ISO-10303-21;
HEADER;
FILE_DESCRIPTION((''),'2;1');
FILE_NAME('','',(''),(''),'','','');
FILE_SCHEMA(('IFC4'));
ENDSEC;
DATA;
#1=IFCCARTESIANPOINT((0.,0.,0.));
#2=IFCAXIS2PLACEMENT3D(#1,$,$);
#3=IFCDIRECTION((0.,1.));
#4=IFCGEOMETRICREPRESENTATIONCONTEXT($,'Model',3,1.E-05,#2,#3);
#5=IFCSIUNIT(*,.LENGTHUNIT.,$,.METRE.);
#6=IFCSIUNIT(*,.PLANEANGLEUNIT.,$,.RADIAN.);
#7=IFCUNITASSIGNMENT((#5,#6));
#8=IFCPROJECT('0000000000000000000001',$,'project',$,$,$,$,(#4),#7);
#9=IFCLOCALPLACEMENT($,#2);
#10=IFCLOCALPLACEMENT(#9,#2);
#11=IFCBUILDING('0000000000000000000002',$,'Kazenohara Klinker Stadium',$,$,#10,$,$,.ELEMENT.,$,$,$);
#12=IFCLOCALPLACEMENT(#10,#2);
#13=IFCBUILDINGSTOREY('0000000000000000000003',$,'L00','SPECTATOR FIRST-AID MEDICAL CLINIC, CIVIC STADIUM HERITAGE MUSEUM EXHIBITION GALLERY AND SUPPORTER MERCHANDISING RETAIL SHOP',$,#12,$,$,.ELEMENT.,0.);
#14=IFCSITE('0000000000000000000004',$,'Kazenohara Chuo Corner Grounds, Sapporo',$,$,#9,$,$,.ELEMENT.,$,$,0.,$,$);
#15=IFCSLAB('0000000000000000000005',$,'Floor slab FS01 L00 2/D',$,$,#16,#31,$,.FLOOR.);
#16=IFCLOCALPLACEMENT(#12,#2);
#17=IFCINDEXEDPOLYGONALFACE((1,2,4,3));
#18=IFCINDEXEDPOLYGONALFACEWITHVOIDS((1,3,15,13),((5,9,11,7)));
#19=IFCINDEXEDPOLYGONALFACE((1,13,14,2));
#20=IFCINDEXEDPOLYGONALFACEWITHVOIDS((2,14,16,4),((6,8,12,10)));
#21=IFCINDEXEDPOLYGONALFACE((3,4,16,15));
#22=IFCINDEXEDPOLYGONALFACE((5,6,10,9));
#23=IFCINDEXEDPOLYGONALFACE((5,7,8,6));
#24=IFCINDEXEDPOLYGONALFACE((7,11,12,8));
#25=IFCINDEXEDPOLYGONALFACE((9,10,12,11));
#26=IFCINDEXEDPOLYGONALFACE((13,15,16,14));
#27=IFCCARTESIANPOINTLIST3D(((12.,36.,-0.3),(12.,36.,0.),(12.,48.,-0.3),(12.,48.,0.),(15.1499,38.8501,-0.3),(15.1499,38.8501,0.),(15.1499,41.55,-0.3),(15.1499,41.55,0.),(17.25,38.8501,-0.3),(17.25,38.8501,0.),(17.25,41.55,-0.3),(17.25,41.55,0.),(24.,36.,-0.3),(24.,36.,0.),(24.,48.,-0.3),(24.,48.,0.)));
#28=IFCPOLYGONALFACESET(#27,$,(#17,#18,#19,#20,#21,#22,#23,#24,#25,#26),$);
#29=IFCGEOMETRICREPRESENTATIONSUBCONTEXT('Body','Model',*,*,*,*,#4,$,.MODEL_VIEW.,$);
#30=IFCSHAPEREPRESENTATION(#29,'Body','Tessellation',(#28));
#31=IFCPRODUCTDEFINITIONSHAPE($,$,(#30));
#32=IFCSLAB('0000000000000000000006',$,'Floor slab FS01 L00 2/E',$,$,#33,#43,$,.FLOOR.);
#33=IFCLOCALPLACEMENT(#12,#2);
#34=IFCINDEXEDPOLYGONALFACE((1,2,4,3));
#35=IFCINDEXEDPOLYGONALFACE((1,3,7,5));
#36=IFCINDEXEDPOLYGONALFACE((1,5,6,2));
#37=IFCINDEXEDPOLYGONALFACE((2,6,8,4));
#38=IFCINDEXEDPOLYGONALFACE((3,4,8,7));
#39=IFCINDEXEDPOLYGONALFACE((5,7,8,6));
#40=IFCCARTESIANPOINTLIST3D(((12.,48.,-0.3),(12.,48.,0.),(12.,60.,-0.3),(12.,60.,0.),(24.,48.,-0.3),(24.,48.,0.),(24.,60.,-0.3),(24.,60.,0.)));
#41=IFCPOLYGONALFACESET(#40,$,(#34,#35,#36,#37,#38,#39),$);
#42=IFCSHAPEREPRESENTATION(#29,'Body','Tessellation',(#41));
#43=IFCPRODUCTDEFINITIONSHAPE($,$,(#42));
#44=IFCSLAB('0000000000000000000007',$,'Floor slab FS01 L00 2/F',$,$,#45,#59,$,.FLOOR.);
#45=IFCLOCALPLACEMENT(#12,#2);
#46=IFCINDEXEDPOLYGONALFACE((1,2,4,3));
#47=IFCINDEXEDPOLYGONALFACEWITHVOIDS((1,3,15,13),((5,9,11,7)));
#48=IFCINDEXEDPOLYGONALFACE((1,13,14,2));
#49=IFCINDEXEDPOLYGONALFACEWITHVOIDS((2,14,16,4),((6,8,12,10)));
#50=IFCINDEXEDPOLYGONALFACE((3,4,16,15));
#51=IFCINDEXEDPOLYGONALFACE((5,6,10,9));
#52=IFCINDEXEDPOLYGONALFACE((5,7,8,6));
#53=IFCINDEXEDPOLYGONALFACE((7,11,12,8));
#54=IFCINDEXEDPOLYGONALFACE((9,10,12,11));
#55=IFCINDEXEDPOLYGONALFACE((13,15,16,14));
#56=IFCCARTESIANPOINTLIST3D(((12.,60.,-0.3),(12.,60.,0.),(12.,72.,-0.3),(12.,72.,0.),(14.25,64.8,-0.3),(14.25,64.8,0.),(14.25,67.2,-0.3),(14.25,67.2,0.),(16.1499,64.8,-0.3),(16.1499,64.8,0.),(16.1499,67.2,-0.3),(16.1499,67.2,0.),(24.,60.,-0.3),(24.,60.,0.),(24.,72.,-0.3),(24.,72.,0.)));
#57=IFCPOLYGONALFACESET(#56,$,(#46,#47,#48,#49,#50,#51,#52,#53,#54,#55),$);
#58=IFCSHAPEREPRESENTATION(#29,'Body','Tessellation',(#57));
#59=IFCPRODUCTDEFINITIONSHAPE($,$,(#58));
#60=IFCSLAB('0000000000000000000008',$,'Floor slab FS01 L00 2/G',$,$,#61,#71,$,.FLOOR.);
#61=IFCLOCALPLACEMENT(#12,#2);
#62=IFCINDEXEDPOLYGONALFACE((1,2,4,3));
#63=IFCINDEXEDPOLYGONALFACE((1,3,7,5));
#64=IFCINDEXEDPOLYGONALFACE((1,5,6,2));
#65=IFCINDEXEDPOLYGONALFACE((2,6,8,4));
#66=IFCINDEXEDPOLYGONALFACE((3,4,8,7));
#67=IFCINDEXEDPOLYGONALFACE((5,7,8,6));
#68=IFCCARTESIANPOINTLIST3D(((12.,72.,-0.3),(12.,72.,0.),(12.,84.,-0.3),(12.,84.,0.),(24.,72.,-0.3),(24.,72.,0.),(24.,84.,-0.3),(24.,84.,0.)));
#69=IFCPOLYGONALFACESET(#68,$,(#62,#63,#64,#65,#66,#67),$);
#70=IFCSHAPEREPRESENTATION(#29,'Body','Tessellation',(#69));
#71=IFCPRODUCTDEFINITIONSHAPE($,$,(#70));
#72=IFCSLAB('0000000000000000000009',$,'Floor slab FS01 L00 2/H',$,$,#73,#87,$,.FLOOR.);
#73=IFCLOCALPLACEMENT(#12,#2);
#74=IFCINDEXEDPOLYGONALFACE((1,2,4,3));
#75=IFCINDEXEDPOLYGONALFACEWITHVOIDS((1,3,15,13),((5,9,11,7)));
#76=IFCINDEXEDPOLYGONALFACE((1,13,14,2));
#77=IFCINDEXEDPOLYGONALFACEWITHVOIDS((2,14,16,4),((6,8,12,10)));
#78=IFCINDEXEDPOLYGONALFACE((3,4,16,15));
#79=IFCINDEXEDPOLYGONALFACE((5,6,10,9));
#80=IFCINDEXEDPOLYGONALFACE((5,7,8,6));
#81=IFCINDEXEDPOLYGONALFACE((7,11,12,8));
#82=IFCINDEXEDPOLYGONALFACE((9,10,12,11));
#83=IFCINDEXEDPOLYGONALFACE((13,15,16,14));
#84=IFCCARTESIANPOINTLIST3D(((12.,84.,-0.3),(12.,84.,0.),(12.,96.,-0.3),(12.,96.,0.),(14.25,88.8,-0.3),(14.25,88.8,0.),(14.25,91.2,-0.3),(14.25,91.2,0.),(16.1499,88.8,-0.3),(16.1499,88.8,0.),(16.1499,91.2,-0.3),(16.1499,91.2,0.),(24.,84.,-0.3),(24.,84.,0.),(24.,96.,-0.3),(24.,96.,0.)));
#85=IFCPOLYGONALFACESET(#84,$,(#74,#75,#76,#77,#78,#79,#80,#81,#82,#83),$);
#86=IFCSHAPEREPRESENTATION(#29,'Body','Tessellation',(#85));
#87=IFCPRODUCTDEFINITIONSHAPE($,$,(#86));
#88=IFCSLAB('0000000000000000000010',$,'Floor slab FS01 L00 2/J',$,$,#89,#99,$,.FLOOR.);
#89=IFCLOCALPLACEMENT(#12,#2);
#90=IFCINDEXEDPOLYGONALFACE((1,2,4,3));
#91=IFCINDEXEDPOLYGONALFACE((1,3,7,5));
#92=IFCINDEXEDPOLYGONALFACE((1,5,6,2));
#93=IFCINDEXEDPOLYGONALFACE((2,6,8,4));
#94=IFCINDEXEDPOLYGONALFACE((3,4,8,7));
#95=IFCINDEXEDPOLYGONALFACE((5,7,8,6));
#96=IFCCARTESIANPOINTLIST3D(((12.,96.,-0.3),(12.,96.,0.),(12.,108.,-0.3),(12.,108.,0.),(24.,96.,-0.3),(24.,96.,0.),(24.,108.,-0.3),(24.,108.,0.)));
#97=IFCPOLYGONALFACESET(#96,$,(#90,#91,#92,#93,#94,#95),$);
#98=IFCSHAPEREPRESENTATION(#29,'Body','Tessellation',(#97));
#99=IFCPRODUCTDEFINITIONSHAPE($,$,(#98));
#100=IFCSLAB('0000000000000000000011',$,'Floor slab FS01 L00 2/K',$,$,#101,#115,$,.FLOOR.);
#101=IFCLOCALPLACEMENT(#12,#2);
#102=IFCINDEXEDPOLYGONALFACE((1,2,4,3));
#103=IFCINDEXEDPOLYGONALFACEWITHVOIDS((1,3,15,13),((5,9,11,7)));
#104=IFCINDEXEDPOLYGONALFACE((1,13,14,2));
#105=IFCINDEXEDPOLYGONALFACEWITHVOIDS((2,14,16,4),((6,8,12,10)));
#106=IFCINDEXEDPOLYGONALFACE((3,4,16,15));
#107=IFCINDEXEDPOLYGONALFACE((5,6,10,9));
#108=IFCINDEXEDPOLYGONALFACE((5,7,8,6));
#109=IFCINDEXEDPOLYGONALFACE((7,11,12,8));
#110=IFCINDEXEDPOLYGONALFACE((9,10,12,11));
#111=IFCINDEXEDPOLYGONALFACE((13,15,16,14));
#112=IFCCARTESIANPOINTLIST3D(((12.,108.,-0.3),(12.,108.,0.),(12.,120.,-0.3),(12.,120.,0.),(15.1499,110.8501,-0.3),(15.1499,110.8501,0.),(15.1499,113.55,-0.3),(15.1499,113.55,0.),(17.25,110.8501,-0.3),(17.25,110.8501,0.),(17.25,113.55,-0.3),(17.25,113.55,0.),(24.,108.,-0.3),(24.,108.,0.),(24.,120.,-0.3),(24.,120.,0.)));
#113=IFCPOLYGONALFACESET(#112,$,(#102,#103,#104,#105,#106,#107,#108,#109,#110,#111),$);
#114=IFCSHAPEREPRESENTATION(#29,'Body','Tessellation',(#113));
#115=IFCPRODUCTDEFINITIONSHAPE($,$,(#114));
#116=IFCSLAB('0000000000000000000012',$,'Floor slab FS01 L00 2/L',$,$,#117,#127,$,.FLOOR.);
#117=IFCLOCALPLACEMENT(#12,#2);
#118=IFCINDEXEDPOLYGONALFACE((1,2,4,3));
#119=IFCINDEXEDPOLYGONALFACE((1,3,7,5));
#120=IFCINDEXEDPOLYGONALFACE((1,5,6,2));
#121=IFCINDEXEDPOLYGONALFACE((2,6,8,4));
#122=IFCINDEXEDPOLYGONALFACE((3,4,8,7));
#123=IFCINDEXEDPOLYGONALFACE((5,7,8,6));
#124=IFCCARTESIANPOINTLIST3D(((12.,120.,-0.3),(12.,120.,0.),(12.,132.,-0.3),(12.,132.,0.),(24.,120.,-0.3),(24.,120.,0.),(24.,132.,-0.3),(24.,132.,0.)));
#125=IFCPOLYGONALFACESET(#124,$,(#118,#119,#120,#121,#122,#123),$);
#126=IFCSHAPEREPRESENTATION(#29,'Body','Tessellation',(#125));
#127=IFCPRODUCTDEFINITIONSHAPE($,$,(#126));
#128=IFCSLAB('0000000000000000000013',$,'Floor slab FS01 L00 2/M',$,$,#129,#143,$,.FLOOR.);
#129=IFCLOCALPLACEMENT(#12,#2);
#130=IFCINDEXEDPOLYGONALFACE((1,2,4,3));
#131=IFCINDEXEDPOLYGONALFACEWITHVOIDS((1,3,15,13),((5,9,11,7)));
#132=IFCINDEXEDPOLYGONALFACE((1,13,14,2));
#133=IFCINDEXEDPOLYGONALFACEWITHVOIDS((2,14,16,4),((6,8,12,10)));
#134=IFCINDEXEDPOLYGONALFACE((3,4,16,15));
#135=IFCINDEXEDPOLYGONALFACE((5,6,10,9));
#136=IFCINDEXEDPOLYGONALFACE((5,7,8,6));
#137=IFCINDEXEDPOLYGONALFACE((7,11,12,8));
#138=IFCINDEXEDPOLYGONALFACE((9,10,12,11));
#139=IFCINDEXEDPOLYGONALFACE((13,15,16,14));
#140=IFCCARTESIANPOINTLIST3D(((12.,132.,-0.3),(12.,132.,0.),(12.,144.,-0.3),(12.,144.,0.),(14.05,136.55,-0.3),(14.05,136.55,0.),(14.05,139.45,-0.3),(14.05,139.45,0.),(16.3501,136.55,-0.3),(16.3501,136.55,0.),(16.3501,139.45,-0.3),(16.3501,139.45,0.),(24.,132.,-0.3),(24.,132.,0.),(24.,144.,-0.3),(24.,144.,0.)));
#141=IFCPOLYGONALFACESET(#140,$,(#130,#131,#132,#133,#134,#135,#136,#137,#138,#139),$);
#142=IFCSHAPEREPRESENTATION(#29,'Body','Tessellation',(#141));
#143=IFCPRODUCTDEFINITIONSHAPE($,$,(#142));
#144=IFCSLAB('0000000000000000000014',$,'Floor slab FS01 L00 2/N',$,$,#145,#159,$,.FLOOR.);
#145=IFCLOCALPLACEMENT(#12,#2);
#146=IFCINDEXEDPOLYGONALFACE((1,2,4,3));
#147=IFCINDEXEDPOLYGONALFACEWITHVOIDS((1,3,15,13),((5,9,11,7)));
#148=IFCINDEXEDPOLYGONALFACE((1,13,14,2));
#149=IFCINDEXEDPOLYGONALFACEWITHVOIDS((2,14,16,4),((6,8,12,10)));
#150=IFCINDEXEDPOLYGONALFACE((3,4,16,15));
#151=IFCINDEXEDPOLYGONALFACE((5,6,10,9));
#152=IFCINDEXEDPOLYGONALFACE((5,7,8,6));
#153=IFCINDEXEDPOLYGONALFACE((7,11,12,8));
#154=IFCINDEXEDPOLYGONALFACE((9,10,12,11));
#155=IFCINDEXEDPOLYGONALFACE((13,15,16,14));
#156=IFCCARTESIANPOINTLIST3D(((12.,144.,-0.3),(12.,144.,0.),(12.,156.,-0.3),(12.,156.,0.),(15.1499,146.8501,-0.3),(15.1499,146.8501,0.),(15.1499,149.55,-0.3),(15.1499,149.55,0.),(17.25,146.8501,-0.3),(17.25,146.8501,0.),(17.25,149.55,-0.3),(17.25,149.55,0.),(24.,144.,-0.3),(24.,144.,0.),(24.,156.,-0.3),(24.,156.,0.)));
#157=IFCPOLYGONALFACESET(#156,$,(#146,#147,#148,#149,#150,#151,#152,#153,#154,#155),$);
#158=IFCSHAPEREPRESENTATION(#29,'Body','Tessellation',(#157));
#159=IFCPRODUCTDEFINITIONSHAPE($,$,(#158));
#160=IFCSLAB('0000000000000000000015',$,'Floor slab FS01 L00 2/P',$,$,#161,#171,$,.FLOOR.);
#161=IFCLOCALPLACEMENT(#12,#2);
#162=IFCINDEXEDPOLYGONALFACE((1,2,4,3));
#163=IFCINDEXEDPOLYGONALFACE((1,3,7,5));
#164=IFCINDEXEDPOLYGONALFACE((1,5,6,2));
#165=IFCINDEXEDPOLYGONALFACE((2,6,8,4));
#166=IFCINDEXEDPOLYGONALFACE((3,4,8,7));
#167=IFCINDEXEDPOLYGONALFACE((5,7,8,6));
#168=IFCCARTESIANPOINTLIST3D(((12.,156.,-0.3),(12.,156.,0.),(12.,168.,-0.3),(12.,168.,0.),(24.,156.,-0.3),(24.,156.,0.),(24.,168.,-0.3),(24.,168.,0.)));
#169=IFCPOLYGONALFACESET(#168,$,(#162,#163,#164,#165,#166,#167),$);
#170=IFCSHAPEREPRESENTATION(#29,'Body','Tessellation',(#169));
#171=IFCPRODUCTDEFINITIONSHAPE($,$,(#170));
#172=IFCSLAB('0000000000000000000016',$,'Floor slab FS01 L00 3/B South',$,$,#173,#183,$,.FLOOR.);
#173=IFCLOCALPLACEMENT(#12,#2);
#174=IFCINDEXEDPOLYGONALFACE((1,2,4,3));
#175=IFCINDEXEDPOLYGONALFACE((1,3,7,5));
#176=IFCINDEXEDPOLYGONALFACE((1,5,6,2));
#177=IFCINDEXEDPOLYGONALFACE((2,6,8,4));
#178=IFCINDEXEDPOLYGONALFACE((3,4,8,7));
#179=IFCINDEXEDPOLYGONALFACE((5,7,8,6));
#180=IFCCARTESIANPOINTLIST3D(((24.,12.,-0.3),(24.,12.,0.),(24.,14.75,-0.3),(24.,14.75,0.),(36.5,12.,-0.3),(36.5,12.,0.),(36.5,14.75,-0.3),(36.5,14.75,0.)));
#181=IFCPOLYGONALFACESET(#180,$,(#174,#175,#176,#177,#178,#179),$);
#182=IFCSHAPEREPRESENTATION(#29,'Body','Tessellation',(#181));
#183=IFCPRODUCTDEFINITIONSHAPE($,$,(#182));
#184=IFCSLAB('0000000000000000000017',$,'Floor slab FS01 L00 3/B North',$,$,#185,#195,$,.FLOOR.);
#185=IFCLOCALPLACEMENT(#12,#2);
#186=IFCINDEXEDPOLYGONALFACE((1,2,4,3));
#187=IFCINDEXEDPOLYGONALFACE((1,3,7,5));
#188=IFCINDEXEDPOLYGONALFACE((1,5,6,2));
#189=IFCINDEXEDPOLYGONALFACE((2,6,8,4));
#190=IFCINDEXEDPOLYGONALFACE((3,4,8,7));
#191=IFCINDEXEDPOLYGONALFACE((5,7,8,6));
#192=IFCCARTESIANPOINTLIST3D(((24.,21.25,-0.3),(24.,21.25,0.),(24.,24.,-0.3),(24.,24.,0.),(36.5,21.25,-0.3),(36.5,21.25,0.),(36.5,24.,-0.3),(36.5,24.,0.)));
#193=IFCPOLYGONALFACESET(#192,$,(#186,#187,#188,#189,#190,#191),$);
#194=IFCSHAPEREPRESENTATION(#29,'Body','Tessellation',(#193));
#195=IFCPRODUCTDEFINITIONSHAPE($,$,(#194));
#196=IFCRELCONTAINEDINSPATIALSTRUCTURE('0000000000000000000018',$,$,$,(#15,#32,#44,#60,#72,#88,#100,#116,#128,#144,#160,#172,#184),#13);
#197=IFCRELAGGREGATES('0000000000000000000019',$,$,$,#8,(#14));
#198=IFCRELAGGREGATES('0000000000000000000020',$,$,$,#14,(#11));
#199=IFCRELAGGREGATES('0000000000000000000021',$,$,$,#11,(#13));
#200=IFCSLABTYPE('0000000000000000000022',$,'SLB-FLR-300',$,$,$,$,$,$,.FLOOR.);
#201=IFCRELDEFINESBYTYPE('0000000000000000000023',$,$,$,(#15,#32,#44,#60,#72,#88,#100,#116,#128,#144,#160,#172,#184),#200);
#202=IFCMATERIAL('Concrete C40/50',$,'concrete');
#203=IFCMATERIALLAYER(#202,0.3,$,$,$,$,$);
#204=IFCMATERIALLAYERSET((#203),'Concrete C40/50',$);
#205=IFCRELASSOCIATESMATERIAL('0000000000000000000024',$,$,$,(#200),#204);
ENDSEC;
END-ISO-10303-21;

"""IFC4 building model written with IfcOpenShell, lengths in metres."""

from ifc_helpers import new_model, si_unit, direction, frame, origin, place, context, subcontext, project, spatial, polyline, outline, extrude, material, layer, layer_set, type_object, element, save


model = new_model("IFC4")

# Units and contexts
model_context = context("Model", 3, precision=1e-05, world=origin(), true_north=direction((0.0, 1.0)))
body_context = subcontext(model_context, "Body", "Model", "MODEL_VIEW")
ifc_project = project(units=[si_unit("LENGTHUNIT", "METRE"), si_unit("PLANEANGLEUNIT", "RADIAN")], contexts=[model_context])

# Site, building, storey
site_placement = place(None, origin())
site = spatial("IfcSite", under=ifc_project, at=site_placement, Name="Kazenohara Chuo Corner Grounds, Sapporo", CompositionType="ELEMENT", RefElevation=0.0)
building_placement = place(site_placement, origin())
building = spatial("IfcBuilding", under=site, at=building_placement, Name="Kazenohara Klinker Stadium", CompositionType="ELEMENT")
storey_placement = place(building_placement, origin())
storey = spatial("IfcBuildingStorey", under=building, at=storey_placement, Name="L00", Description="SPECTATOR FIRST-AID MEDICAL CLINIC, CIVIC STADIUM HERITAGE MUSEUM EXHIBITION GALLERY AND SUPPORTER MERCHANDISING RETAIL SHOP", CompositionType="ELEMENT", Elevation=0.0)

# Slabs
ifc_material = material(Name="Concrete C40/50", Category="concrete")
ifc_layer = layer(ifc_material, 0.3)
ifc_layer_set = layer_set([ifc_layer], Name="Concrete C40/50")
slab_type = type_object("IfcSlabType", Name="SLB-FLR-300", PredefinedType="FLOOR", material=ifc_layer_set)
slab_1_placement = place(storey_placement, frame((0.0, 0.0, -0.3)))
element("IfcSlab", 1, at=slab_1_placement, inside=storey, type_object=slab_type, Name="Floor slab FS01 L00 2/D", PredefinedType="FLOOR", context=body_context, shape_type="SweptSolid", body=[
    extrude(outline(polyline([(12.0, 36.0), (24.0, 36.0), (24.0, 48.0), (12.0, 48.0), (12.0, 36.0)]), holes=[polyline([(15.1499, 38.8501), (17.25, 38.8501), (17.25, 41.55), (15.1499, 41.55), (15.1499, 38.8501)])]), origin(), (0.0, 0.0, 1.0), 0.3),
])
slab_2_placement = place(storey_placement, frame((0.0, 0.0, -0.3)))
element("IfcSlab", 2, at=slab_2_placement, inside=storey, type_object=slab_type, Name="Floor slab FS01 L00 2/E", PredefinedType="FLOOR", context=body_context, shape_type="SweptSolid", body=[
    extrude(outline(polyline([(12.0, 48.0), (24.0, 48.0), (24.0, 60.0), (12.0, 60.0), (12.0, 48.0)])), origin(), (0.0, 0.0, 1.0), 0.3),
])
slab_3_placement = place(storey_placement, frame((0.0, 0.0, -0.3)))
element("IfcSlab", 3, at=slab_3_placement, inside=storey, type_object=slab_type, Name="Floor slab FS01 L00 2/F", PredefinedType="FLOOR", context=body_context, shape_type="SweptSolid", body=[
    extrude(outline(polyline([(12.0, 60.0), (24.0, 60.0), (24.0, 72.0), (12.0, 72.0), (12.0, 60.0)]), holes=[polyline([(14.25, 64.8), (16.1499, 64.8), (16.1499, 67.2), (14.25, 67.2), (14.25, 64.8)])]), origin(), (0.0, 0.0, 1.0), 0.3),
])
slab_4_placement = place(storey_placement, frame((0.0, 0.0, -0.3)))
element("IfcSlab", 4, at=slab_4_placement, inside=storey, type_object=slab_type, Name="Floor slab FS01 L00 2/G", PredefinedType="FLOOR", context=body_context, shape_type="SweptSolid", body=[
    extrude(outline(polyline([(12.0, 72.0), (24.0, 72.0), (24.0, 84.0), (12.0, 84.0), (12.0, 72.0)])), origin(), (0.0, 0.0, 1.0), 0.3),
])
slab_5_placement = place(storey_placement, frame((0.0, 0.0, -0.3)))
element("IfcSlab", 5, at=slab_5_placement, inside=storey, type_object=slab_type, Name="Floor slab FS01 L00 2/H", PredefinedType="FLOOR", context=body_context, shape_type="SweptSolid", body=[
    extrude(outline(polyline([(12.0, 84.0), (24.0, 84.0), (24.0, 96.0), (12.0, 96.0), (12.0, 84.0)]), holes=[polyline([(14.25, 88.8), (16.1499, 88.8), (16.1499, 91.2), (14.25, 91.2), (14.25, 88.8)])]), origin(), (0.0, 0.0, 1.0), 0.3),
])
slab_6_placement = place(storey_placement, frame((0.0, 0.0, -0.3)))
element("IfcSlab", 6, at=slab_6_placement, inside=storey, type_object=slab_type, Name="Floor slab FS01 L00 2/J", PredefinedType="FLOOR", context=body_context, shape_type="SweptSolid", body=[
    extrude(outline(polyline([(12.0, 96.0), (24.0, 96.0), (24.0, 108.0), (12.0, 108.0), (12.0, 96.0)])), origin(), (0.0, 0.0, 1.0), 0.3),
])
slab_7_placement = place(storey_placement, frame((0.0, 0.0, -0.3)))
element("IfcSlab", 7, at=slab_7_placement, inside=storey, type_object=slab_type, Name="Floor slab FS01 L00 2/K", PredefinedType="FLOOR", context=body_context, shape_type="SweptSolid", body=[
    extrude(outline(polyline([(12.0, 108.0), (24.0, 108.0), (24.0, 120.0), (12.0, 120.0), (12.0, 108.0)]), holes=[polyline([(15.1499, 110.8501), (17.25, 110.8501), (17.25, 113.55), (15.1499, 113.55), (15.1499, 110.8501)])]), origin(), (0.0, 0.0, 1.0), 0.3),
])
slab_8_placement = place(storey_placement, frame((0.0, 0.0, -0.3)))
element("IfcSlab", 8, at=slab_8_placement, inside=storey, type_object=slab_type, Name="Floor slab FS01 L00 2/L", PredefinedType="FLOOR", context=body_context, shape_type="SweptSolid", body=[
    extrude(outline(polyline([(12.0, 120.0), (24.0, 120.0), (24.0, 132.0), (12.0, 132.0), (12.0, 120.0)])), origin(), (0.0, 0.0, 1.0), 0.3),
])
slab_9_placement = place(storey_placement, frame((0.0, 0.0, -0.3)))
element("IfcSlab", 9, at=slab_9_placement, inside=storey, type_object=slab_type, Name="Floor slab FS01 L00 2/M", PredefinedType="FLOOR", context=body_context, shape_type="SweptSolid", body=[
    extrude(outline(polyline([(12.0, 132.0), (24.0, 132.0), (24.0, 144.0), (12.0, 144.0), (12.0, 132.0)]), holes=[polyline([(14.05, 136.55), (16.3501, 136.55), (16.3501, 139.45), (14.05, 139.45), (14.05, 136.55)])]), origin(), (0.0, 0.0, 1.0), 0.3),
])
slab_10_placement = place(storey_placement, frame((0.0, 0.0, -0.3)))
element("IfcSlab", 10, at=slab_10_placement, inside=storey, type_object=slab_type, Name="Floor slab FS01 L00 2/N", PredefinedType="FLOOR", context=body_context, shape_type="SweptSolid", body=[
    extrude(outline(polyline([(12.0, 144.0), (24.0, 144.0), (24.0, 156.0), (12.0, 156.0), (12.0, 144.0)]), holes=[polyline([(15.1499, 146.8501), (17.25, 146.8501), (17.25, 149.55), (15.1499, 149.55), (15.1499, 146.8501)])]), origin(), (0.0, 0.0, 1.0), 0.3),
])
slab_11_placement = place(storey_placement, frame((0.0, 0.0, -0.3)))
element("IfcSlab", 11, at=slab_11_placement, inside=storey, type_object=slab_type, Name="Floor slab FS01 L00 2/P", PredefinedType="FLOOR", context=body_context, shape_type="SweptSolid", body=[
    extrude(outline(polyline([(12.0, 156.0), (24.0, 156.0), (24.0, 168.0), (12.0, 168.0), (12.0, 156.0)])), origin(), (0.0, 0.0, 1.0), 0.3),
])
slab_12_placement = place(storey_placement, frame((0.0, 0.0, -0.3)))
element("IfcSlab", 12, at=slab_12_placement, inside=storey, type_object=slab_type, Name="Floor slab FS01 L00 3/B South", PredefinedType="FLOOR", context=body_context, shape_type="SweptSolid", body=[
    extrude(outline(polyline([(24.0, 12.0), (36.5, 12.0), (36.5, 14.75), (24.0, 14.75), (24.0, 12.0)])), origin(), (0.0, 0.0, 1.0), 0.3),
])
slab_13_placement = place(storey_placement, frame((0.0, 0.0, -0.3)))
element("IfcSlab", 13, at=slab_13_placement, inside=storey, type_object=slab_type, Name="Floor slab FS01 L00 3/B North", PredefinedType="FLOOR", context=body_context, shape_type="SweptSolid", body=[
    extrude(outline(polyline([(24.0, 21.25), (36.5, 21.25), (36.5, 24.0), (24.0, 24.0), (24.0, 21.25)])), origin(), (0.0, 0.0, 1.0), 0.3),
])

save(model, "model.ifc")
